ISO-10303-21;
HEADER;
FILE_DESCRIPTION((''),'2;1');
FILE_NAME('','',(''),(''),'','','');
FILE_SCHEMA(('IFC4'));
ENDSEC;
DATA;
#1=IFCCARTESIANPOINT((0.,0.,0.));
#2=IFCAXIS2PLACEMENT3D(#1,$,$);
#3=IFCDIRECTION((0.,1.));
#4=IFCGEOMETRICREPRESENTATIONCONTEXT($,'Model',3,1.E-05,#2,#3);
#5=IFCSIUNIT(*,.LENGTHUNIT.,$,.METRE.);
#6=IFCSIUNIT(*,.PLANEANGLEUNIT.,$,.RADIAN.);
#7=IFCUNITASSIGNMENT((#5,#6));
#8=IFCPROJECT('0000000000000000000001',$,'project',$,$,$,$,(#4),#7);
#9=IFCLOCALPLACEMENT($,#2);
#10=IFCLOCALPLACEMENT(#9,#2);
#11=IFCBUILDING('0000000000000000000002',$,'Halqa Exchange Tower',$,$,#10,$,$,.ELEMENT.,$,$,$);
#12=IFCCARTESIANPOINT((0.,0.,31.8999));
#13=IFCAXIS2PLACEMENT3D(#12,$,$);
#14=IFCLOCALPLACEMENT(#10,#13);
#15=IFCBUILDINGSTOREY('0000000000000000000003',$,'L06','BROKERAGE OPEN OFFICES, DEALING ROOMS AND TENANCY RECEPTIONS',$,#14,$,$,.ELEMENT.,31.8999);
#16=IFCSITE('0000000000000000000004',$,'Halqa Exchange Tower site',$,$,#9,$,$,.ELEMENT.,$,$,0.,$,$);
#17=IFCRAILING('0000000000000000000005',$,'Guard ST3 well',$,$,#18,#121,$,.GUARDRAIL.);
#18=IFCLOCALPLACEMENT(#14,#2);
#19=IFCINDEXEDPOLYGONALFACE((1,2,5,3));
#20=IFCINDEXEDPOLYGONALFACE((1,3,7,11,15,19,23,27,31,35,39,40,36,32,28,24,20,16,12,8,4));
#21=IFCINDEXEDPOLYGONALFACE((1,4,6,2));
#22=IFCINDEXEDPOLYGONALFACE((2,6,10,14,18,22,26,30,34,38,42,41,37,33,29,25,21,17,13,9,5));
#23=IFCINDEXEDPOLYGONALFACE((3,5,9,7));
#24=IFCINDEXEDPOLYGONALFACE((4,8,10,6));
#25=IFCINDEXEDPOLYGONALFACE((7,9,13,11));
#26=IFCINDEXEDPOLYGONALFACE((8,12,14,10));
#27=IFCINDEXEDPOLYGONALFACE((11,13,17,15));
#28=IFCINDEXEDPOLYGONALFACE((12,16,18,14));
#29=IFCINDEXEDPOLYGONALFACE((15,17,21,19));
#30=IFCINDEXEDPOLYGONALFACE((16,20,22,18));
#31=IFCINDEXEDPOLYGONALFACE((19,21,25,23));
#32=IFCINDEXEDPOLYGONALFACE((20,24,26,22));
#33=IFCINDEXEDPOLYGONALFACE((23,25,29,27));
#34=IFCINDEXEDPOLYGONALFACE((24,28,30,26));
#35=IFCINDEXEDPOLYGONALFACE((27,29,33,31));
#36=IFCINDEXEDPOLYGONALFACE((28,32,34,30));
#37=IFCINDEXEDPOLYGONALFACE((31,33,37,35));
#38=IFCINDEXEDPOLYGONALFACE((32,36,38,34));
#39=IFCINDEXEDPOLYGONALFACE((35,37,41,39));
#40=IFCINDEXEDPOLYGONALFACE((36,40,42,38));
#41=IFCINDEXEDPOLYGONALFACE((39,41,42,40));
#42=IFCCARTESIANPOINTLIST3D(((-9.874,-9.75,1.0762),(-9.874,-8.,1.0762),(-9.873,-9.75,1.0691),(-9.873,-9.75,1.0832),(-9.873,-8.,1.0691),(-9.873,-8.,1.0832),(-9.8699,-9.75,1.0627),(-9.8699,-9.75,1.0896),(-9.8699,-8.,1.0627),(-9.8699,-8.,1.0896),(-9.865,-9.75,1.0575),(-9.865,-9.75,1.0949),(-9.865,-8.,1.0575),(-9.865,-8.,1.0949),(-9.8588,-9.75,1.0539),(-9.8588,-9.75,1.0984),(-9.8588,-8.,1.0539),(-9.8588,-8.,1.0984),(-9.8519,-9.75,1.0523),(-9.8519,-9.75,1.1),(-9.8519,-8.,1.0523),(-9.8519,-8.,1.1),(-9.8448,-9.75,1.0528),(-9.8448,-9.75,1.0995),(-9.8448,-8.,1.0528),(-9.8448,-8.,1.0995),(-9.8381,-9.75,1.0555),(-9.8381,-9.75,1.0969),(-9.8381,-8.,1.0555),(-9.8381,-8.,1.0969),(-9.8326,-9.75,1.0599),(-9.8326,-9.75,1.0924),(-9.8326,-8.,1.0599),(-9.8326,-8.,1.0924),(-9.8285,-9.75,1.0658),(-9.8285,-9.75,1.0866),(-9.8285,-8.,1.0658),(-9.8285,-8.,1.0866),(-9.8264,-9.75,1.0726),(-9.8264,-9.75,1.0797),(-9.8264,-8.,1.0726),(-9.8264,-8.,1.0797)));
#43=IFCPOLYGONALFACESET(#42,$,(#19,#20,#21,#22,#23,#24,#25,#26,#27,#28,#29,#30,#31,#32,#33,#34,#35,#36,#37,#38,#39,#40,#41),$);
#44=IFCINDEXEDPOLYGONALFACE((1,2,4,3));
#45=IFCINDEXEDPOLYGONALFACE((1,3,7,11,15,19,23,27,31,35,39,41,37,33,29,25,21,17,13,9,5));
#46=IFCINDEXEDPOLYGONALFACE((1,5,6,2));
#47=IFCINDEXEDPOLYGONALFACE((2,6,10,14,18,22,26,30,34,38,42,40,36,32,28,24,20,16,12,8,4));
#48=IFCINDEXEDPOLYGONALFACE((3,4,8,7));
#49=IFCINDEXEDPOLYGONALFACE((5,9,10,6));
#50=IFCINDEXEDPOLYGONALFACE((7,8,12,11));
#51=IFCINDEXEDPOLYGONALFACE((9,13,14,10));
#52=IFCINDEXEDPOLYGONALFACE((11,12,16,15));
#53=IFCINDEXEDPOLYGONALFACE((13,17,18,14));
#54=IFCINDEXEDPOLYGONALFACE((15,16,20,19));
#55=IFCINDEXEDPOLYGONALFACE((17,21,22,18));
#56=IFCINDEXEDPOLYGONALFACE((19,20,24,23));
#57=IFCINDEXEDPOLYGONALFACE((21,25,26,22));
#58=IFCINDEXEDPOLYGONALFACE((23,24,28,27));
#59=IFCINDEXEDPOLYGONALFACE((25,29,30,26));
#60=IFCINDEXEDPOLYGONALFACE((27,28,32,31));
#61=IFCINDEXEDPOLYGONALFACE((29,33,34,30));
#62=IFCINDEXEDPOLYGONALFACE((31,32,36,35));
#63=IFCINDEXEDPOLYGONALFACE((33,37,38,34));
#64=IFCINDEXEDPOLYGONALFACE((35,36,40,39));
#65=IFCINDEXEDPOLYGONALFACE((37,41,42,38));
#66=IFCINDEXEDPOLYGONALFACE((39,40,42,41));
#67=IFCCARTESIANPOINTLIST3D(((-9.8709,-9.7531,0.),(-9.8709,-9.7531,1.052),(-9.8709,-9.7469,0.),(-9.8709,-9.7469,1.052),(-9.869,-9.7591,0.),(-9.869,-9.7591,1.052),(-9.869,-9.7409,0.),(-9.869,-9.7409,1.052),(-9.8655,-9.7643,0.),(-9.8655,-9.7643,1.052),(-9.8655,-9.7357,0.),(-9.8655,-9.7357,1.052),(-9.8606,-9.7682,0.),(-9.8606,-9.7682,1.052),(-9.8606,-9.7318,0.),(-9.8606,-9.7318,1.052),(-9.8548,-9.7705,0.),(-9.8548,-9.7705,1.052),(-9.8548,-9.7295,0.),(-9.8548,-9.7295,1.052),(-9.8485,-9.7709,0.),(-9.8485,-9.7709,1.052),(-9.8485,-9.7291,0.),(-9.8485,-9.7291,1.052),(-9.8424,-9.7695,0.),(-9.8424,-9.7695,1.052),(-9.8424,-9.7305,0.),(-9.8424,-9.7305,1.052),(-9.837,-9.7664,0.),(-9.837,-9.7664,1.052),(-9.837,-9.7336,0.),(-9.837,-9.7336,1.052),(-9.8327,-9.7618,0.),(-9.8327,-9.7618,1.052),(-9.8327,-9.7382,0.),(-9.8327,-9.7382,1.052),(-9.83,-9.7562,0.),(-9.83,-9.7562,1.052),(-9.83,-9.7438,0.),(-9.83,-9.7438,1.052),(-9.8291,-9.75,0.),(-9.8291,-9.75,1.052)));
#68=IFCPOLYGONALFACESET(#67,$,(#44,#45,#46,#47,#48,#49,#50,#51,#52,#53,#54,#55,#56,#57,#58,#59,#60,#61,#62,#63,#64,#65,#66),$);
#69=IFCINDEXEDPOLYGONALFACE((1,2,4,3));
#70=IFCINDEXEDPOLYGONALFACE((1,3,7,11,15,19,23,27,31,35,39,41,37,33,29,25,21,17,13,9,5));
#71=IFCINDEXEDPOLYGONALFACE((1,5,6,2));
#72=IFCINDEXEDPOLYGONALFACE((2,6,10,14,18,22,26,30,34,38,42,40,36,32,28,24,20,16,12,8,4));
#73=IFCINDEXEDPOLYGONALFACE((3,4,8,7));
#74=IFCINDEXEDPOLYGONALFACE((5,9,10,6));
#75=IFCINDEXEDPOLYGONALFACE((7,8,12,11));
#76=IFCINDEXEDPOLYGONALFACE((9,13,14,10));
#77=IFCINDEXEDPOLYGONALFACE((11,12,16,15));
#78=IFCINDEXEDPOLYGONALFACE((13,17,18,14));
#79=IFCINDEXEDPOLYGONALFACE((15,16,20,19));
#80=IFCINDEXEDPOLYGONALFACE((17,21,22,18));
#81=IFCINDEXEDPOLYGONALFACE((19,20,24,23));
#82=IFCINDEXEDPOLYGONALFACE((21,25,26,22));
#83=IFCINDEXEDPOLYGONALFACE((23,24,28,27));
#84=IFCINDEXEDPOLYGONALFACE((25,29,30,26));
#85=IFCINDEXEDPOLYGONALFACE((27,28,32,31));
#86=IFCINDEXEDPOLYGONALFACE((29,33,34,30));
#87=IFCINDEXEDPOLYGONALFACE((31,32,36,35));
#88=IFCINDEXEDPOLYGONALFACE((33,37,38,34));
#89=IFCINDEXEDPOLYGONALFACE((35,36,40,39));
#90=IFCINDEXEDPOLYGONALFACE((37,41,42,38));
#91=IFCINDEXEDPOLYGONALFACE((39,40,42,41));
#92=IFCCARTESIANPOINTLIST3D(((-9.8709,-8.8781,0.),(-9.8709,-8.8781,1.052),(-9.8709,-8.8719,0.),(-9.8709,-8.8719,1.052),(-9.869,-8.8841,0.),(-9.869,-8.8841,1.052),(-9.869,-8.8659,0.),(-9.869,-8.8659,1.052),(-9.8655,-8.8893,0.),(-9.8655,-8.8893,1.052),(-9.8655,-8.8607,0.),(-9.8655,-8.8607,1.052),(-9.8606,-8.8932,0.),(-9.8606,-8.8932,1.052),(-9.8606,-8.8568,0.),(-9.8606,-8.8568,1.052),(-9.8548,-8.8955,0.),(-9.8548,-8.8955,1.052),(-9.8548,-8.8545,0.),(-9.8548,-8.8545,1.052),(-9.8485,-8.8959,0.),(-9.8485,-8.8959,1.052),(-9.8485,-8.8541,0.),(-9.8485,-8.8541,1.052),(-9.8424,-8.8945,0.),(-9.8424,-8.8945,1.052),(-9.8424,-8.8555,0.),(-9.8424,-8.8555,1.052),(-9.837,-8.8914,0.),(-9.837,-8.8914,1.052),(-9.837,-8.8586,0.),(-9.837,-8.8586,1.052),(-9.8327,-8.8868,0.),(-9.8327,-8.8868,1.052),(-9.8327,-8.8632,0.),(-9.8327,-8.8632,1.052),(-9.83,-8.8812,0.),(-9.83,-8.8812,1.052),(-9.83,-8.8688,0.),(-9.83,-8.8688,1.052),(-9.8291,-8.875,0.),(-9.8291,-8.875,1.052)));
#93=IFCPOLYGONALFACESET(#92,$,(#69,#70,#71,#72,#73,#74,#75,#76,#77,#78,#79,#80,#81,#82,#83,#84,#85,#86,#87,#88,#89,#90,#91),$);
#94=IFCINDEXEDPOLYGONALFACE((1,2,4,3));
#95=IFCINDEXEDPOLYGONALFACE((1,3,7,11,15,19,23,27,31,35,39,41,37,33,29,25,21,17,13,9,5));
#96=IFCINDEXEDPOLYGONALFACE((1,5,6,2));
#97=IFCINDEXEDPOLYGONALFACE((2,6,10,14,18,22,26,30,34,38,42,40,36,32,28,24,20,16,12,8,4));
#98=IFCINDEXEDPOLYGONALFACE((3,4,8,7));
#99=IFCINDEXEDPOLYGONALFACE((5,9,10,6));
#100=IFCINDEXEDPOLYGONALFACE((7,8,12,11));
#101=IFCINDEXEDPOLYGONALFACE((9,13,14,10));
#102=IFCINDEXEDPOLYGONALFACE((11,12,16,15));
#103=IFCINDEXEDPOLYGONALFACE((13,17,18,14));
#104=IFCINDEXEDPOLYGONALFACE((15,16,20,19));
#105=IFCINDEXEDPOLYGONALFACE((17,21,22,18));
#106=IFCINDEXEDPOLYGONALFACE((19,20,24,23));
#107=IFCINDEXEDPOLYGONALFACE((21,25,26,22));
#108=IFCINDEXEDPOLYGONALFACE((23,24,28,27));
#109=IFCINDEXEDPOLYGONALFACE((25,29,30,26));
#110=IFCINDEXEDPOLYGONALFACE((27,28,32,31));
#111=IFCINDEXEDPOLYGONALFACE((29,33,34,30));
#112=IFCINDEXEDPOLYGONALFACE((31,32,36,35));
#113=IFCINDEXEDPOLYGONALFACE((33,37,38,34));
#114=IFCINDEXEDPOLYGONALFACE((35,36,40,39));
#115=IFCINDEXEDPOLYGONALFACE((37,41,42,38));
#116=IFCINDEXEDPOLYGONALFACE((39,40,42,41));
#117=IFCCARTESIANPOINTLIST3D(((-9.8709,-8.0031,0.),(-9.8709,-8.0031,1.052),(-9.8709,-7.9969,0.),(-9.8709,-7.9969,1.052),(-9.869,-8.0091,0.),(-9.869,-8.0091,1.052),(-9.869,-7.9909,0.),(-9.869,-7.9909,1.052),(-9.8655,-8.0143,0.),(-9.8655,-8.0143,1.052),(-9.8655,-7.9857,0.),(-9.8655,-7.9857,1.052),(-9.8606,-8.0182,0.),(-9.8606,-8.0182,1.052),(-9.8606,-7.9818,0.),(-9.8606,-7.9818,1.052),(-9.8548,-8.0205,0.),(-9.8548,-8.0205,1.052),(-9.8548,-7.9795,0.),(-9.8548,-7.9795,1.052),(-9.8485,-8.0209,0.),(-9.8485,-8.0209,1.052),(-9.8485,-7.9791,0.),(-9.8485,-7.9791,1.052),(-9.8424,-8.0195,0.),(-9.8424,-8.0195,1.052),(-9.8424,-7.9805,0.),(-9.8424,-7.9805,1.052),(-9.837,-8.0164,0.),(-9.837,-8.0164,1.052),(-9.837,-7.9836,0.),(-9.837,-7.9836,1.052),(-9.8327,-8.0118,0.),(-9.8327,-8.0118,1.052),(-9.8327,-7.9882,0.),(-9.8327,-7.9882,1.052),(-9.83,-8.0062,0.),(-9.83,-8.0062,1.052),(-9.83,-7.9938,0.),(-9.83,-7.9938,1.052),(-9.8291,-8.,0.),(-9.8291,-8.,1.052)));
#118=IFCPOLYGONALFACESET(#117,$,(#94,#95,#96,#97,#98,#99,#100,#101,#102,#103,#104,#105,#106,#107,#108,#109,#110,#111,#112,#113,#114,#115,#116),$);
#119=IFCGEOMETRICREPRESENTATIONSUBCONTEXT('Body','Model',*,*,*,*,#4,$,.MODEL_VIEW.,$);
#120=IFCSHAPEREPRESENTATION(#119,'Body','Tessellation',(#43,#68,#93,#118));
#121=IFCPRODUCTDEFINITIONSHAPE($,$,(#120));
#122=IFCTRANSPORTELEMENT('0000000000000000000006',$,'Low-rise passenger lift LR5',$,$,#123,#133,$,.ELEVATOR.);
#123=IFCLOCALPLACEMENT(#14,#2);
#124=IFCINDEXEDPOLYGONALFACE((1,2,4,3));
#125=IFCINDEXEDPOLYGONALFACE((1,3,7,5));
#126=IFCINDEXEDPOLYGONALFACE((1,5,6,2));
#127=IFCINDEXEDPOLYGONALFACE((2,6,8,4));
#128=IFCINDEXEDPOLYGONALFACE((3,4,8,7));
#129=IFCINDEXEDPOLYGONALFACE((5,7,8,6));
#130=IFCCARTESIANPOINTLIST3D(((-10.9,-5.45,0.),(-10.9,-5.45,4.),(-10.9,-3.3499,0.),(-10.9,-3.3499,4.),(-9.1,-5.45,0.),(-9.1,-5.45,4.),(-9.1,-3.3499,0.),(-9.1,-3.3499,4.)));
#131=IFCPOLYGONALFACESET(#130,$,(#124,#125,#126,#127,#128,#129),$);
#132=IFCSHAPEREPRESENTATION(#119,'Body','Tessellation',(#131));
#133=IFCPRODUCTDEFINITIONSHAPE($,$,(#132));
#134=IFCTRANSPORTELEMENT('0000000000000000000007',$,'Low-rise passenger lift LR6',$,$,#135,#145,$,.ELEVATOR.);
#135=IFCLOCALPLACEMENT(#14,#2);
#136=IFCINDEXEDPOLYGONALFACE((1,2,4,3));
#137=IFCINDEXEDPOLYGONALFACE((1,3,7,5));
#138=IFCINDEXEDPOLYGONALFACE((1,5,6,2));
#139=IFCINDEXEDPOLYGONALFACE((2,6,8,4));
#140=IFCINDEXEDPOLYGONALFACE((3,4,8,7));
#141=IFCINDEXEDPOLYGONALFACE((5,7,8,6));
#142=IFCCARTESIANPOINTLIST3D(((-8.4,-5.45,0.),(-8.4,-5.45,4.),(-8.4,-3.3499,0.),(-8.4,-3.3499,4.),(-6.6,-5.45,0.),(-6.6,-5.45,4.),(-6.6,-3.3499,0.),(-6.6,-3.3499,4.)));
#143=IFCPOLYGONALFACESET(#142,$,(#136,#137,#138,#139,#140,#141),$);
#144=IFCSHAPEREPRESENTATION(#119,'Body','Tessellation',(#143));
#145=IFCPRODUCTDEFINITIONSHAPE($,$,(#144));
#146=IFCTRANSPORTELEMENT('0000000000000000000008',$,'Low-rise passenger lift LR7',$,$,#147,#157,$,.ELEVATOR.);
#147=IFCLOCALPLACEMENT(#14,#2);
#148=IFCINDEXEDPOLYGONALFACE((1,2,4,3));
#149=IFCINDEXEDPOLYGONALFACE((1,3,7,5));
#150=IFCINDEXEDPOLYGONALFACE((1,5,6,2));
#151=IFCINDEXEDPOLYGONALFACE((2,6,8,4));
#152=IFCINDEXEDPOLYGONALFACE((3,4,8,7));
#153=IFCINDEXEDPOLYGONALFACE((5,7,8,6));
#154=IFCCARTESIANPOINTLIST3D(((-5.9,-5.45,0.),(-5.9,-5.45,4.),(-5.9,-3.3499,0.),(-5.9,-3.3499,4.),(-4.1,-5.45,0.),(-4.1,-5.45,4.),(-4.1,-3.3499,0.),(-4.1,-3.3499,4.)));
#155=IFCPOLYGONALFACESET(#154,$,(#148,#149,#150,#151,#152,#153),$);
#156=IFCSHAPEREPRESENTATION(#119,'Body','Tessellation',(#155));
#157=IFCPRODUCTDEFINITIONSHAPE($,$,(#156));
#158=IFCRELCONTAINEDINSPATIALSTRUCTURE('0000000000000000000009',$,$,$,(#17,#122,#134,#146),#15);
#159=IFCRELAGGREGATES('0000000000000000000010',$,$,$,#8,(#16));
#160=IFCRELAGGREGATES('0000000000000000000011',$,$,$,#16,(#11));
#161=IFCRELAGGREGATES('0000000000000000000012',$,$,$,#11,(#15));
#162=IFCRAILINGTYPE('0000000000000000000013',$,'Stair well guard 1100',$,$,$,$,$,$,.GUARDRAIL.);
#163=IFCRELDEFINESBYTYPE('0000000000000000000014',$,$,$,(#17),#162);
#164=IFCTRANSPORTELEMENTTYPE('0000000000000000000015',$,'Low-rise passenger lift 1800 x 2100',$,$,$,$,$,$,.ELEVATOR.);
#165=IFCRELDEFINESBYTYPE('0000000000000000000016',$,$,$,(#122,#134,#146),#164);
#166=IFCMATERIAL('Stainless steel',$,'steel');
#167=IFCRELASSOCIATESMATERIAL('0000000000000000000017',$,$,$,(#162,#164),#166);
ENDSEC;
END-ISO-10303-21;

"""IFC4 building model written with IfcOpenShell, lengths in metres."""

from ifc_helpers import new_model, si_unit, direction, frame, origin, origin_2d, place, context, subcontext, project, spatial, rectangle, circle, extrude, material, type_object, element, save


model = new_model("IFC4")

# Units and contexts
model_context = context("Model", 3, precision=1e-05, world=origin(), true_north=direction((0.0, 1.0)))
body_context = subcontext(model_context, "Body", "Model", "MODEL_VIEW")
ifc_project = project(units=[si_unit("LENGTHUNIT", "METRE"), si_unit("PLANEANGLEUNIT", "RADIAN")], contexts=[model_context])

# Site, building, storey
site_placement = place(None, origin())
site = spatial("IfcSite", under=ifc_project, at=site_placement, Name="Halqa Exchange Tower site", CompositionType="ELEMENT", RefElevation=0.0)
building_placement = place(site_placement, origin())
building = spatial("IfcBuilding", under=site, at=building_placement, Name="Halqa Exchange Tower", CompositionType="ELEMENT")
storey_placement = place(building_placement, frame((0.0, 0.0, 31.8999)))
storey = spatial("IfcBuildingStorey", under=building, at=storey_placement, Name="L06", Description="BROKERAGE OPEN OFFICES, DEALING ROOMS AND TENANCY RECEPTIONS", CompositionType="ELEMENT", Elevation=31.8999)

# Shared definitions
ifc_material_1 = material(Name="Stainless steel", Category="steel")

# Railing
railing_type_1 = type_object("IfcRailingType", Name="Stair well guard 1100", PredefinedType="GUARDRAIL", material=ifc_material_1)
railing_1_placement = place(storey_placement, frame((-9.8501, -9.75, 0.0)))
element("IfcRailing", 1, at=railing_1_placement, inside=storey, type_object=railing_type_1, Name="Guard ST3 well", PredefinedType="GUARDRAIL", context=body_context, shape_type="SweptSolid", body=[
    extrude(circle(Radius=0.0239, at=origin_2d()), frame((0.0, 0.0, 1.0762), z_axis=(0.0, 1.0, 0.0), x_axis=(-1.0, 0.0, 0.0)), (0.0, 0.0, 1.0), 1.75),
    extrude(circle(Radius=0.021, at=origin_2d()), origin(), (0.0, 0.0, 1.0), 1.052),
    extrude(circle(Radius=0.021, at=origin_2d()), frame((0.0, 0.875, 0.0)), (0.0, 0.0, 1.0), 1.052),
    extrude(circle(Radius=0.021, at=origin_2d()), frame((0.0, 1.75, 0.0)), (0.0, 0.0, 1.0), 1.052),
])

# Transport elements
transport_element_type = type_object("IfcTransportElementType", Name="Low-rise passenger lift 1800 x 2100", PredefinedType="ELEVATOR", material=ifc_material_1)
for number, where, z_axis, x_axis, name in (
    (2, (-10.0, -4.3999, 0.0), (0.0, 0.0, 1.0), (1.0, 0.0, 0.0), "Low-rise passenger lift LR5"),
    (3, (-7.5, -4.3999, 0.0), (0.0, 0.0, 1.0), (1.0, 0.0, 0.0), "Low-rise passenger lift LR6"),
    (4, (-5.0, -4.3999, 0.0), (0.0, 0.0, 1.0), (1.0, 0.0, 0.0), "Low-rise passenger lift LR7"),
):
    element("IfcTransportElement", number, at=place(storey_placement, frame(where, z_axis=z_axis, x_axis=x_axis)), inside=storey, type_object=transport_element_type, Name=name, PredefinedType="ELEVATOR", context=body_context, shape_type="SweptSolid", body=[
        extrude(rectangle(XDim=1.8, YDim=2.1001, at=origin_2d()), origin(), (0.0, 0.0, 1.0), 4.0),
    ])

save(model, "model.ifc")
